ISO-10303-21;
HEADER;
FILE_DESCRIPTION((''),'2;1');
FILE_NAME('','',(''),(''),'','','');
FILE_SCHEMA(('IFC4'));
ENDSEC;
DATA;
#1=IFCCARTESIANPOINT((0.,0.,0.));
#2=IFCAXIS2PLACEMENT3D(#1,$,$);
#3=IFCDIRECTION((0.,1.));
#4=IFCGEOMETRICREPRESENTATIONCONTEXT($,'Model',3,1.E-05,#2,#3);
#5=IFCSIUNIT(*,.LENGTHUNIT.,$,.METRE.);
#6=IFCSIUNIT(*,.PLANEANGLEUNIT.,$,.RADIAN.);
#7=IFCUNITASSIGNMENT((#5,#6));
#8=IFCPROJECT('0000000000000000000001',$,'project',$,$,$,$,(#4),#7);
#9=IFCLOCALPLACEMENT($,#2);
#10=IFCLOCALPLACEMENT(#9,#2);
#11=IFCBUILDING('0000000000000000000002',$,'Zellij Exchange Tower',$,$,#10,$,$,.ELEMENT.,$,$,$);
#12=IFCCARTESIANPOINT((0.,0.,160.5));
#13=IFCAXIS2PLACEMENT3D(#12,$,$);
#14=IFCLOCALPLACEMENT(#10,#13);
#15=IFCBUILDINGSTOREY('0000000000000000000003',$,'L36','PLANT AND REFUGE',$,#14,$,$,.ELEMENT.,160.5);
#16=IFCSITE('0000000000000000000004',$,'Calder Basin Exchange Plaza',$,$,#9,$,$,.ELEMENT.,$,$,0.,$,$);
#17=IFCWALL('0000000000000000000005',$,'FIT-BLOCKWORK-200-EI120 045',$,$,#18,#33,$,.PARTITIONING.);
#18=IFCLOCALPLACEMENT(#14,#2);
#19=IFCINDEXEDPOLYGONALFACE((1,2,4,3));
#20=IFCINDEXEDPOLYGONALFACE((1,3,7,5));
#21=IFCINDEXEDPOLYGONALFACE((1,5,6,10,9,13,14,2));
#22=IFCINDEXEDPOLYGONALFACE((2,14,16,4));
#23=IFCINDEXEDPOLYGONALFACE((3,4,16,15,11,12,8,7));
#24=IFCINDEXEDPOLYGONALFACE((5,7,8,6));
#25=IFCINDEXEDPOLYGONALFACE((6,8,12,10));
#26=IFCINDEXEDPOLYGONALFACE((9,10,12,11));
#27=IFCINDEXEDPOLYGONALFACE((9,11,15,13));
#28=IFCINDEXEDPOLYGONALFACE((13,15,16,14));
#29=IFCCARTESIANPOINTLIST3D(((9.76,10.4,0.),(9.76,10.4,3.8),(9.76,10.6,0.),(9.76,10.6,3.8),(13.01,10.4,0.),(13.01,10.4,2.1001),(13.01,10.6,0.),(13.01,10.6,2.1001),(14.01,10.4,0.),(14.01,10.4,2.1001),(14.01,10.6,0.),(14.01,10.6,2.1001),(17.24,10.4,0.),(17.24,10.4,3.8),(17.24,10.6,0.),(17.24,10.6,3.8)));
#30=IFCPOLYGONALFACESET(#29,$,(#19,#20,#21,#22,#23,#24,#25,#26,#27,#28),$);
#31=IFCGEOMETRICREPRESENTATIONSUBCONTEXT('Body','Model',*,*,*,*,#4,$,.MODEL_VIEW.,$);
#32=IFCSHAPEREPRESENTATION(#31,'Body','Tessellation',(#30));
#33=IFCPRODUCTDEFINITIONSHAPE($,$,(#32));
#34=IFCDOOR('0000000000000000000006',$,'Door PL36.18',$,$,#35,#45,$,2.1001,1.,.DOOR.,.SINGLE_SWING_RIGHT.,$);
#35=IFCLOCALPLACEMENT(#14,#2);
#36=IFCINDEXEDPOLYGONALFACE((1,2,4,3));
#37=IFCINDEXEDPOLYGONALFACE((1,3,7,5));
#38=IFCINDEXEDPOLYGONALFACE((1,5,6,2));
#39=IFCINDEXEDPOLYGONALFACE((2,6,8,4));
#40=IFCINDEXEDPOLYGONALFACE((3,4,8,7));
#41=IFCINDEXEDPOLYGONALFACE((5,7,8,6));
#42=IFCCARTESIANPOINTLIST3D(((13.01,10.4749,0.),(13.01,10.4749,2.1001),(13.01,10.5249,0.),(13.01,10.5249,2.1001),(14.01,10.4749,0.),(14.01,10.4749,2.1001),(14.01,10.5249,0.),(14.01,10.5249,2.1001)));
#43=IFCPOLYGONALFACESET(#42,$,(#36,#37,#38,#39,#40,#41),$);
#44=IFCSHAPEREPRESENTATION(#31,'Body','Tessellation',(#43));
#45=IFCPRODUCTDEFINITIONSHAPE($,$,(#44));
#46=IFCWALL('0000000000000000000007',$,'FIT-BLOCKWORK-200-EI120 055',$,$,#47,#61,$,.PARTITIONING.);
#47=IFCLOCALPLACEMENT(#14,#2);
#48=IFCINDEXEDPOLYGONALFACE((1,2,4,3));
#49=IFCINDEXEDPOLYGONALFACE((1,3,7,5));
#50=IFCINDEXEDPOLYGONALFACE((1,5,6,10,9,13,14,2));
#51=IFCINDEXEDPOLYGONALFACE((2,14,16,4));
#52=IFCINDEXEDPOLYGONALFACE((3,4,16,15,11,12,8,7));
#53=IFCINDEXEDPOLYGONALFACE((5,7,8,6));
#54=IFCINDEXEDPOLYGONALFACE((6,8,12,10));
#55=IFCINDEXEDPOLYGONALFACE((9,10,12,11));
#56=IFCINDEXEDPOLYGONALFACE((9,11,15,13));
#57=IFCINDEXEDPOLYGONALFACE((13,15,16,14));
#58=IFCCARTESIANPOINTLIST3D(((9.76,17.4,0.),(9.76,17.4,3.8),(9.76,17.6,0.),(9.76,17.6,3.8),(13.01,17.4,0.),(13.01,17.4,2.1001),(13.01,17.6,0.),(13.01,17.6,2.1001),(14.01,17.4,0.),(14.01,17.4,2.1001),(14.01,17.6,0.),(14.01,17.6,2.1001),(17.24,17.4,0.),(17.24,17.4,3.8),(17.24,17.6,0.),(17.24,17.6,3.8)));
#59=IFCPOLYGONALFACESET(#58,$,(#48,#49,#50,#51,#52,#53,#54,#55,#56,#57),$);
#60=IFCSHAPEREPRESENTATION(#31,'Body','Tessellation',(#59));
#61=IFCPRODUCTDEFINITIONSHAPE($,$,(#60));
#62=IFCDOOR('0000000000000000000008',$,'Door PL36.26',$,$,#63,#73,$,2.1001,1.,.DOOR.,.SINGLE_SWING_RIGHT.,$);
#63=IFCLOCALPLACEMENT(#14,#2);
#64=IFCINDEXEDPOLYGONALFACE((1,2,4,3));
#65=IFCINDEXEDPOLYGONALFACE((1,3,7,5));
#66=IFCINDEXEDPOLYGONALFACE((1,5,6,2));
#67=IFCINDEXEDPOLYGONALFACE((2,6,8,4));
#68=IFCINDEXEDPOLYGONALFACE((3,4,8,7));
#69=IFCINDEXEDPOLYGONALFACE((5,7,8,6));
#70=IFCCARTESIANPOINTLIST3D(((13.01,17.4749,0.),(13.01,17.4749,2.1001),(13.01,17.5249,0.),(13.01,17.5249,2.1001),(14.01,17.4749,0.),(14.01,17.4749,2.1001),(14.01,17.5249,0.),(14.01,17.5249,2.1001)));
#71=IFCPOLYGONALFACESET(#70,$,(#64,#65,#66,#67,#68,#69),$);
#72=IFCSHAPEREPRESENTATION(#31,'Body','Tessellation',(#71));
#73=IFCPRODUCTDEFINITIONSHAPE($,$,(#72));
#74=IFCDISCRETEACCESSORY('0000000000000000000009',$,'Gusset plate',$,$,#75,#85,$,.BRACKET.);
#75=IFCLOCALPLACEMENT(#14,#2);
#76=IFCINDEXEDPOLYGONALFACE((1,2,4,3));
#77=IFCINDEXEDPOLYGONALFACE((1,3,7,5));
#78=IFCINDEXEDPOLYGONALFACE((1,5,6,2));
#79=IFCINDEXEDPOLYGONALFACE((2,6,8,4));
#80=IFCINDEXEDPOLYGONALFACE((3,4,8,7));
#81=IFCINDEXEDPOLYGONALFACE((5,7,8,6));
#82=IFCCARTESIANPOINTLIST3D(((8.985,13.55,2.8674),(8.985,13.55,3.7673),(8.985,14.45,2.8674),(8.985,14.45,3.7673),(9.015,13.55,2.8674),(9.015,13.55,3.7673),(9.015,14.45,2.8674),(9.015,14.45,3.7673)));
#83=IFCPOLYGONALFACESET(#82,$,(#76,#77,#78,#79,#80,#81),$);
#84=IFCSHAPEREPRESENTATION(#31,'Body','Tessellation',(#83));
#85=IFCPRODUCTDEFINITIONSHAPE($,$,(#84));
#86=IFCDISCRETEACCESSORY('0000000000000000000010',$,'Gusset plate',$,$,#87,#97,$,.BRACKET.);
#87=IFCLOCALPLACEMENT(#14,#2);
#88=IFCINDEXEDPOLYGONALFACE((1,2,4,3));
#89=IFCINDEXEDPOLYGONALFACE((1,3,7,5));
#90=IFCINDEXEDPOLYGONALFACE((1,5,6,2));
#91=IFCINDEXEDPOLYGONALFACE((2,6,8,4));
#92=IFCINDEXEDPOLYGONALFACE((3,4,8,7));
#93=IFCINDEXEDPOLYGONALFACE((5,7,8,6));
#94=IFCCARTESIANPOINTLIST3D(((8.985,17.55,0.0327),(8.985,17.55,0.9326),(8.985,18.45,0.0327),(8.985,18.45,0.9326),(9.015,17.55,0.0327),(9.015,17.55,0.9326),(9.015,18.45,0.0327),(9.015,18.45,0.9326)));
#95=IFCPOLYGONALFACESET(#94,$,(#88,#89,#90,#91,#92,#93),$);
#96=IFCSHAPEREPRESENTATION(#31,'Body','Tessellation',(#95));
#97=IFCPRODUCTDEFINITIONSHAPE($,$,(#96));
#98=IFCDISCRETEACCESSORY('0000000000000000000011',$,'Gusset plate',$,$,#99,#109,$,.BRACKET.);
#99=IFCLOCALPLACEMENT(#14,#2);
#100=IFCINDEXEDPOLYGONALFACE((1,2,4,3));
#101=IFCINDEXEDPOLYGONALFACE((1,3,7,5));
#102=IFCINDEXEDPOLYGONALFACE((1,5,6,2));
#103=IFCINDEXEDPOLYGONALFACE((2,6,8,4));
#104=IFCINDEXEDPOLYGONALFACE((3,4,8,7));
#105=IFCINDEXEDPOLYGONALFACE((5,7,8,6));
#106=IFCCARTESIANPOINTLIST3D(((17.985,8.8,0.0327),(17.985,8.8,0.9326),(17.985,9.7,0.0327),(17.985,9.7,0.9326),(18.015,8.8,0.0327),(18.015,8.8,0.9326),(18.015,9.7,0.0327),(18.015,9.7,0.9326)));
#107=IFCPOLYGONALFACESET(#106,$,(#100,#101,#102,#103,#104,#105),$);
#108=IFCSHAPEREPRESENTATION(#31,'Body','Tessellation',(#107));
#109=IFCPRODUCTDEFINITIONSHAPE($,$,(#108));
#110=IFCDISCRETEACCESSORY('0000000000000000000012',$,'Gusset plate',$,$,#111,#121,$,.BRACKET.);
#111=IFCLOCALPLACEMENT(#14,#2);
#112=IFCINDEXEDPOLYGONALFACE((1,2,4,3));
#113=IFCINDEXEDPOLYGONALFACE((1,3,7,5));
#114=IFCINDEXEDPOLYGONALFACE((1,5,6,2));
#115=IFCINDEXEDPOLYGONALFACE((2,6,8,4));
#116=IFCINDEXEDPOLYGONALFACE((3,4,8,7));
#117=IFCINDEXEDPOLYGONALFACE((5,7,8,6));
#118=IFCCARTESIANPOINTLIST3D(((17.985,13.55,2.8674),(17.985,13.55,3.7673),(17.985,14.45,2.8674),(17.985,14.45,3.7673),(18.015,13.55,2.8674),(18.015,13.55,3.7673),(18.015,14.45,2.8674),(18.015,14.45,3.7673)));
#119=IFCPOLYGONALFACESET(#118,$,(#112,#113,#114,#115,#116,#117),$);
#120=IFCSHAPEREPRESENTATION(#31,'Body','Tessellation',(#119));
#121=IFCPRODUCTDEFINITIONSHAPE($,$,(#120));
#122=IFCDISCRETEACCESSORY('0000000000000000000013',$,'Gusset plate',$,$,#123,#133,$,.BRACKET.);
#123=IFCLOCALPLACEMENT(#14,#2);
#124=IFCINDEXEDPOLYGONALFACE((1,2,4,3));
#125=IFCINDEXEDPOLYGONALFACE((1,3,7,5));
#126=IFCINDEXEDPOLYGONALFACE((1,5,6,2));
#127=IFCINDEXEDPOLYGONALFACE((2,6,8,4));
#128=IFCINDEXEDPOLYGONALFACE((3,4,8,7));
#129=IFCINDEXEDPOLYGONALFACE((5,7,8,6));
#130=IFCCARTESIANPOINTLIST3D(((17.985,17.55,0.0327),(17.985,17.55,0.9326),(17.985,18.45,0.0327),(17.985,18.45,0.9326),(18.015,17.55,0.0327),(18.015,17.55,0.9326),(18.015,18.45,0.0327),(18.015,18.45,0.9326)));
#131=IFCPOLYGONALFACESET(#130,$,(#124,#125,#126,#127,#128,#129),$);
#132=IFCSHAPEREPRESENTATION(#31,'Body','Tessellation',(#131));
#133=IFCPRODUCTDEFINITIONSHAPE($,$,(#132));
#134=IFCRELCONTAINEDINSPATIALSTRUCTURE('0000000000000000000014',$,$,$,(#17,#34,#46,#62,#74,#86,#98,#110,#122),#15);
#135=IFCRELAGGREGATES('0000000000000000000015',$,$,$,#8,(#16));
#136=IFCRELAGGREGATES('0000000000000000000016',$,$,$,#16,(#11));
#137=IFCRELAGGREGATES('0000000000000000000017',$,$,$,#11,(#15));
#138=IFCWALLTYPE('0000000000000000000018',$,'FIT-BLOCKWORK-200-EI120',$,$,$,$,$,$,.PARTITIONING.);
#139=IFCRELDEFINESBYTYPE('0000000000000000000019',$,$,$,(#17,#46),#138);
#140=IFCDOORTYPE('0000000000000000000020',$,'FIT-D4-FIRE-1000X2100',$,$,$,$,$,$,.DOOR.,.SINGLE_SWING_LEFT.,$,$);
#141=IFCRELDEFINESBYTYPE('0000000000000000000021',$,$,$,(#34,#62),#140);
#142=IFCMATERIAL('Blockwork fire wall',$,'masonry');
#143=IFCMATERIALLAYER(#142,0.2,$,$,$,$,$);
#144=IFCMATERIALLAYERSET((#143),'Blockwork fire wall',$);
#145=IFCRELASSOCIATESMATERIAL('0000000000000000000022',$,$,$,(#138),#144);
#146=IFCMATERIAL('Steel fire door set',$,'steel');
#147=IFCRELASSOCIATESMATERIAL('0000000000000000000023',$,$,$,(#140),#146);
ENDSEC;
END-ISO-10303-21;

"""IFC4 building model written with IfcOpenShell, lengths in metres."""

from ifc_helpers import new_model, si_unit, direction, frame, frame_2d, origin, origin_2d, place, context, subcontext, project, spatial, rectangle, extrude, material, layer, layer_set, type_object, element, fill, save


model = new_model("IFC4")

# Units and contexts
model_context = context("Model", 3, precision=1e-05, world=origin(), true_north=direction((0.0, 1.0)))
body_context = subcontext(model_context, "Body", "Model", "MODEL_VIEW")
ifc_project = project(units=[si_unit("LENGTHUNIT", "METRE"), si_unit("PLANEANGLEUNIT", "RADIAN")], contexts=[model_context])

# Site, building, storey
site_placement = place(None, origin())
site = spatial("IfcSite", under=ifc_project, at=site_placement, Name="Calder Basin Exchange Plaza", CompositionType="ELEMENT", RefElevation=0.0)
building_placement = place(site_placement, origin())
building = spatial("IfcBuilding", under=site, at=building_placement, Name="Zellij Exchange Tower", CompositionType="ELEMENT")
storey_placement = place(building_placement, frame((0.0, 0.0, 160.5)))
storey = spatial("IfcBuildingStorey", under=building, at=storey_placement, Name="L36", Description="PLANT AND REFUGE", CompositionType="ELEMENT", Elevation=160.5)

# Walls, openings, doors
ifc_material_1 = material(Name="Blockwork fire wall", Category="masonry")
ifc_layer = layer(ifc_material_1, 0.2)
ifc_layer_set = layer_set([ifc_layer], Name="Blockwork fire wall")
wall_type = type_object("IfcWallType", Name="FIT-BLOCKWORK-200-EI120", PredefinedType="PARTITIONING", material=ifc_layer_set)
wall_1_placement = place(storey_placement, frame((9.76, 10.5, 0.0), z_axis=(0.0, 0.0, 1.0), x_axis=(1.0, 0.0, 0.0)))
wall_1 = element("IfcWall", 1, at=wall_1_placement, inside=storey, type_object=wall_type, Name="FIT-BLOCKWORK-200-EI120 045", PredefinedType="PARTITIONING", context=body_context, shape_type="SweptSolid", body=[
    extrude(rectangle(XDim=7.48, YDim=0.2, at=frame_2d((3.74, 0.0))), origin(), (0.0, 0.0, 1.0), 3.8),
])
opening_1_placement = place(wall_1_placement, frame((3.25, 0.0, 0.0)))
opening_1 = element("IfcOpeningElement", 2, at=opening_1_placement, cuts=wall_1, PredefinedType="OPENING", context=body_context, shape_type="SweptSolid", body=[
    extrude(rectangle(XDim=1.0, YDim=2.1001, at=frame_2d((0.5, 1.05))), frame((0.0, 0.1118, 0.0), z_axis=(0.0, -1.0, 0.0), x_axis=(1.0, 0.0, 0.0)), (0.0, 0.0, 1.0), 0.2239),
])
ifc_material_2 = material(Name="Steel fire door set", Category="steel")
door_type = type_object("IfcDoorType", Name="FIT-D4-FIRE-1000X2100", OperationType="SINGLE_SWING_LEFT", PredefinedType="DOOR", material=ifc_material_2)
door_1_placement = place(opening_1_placement, origin())
door_1 = element("IfcDoor", 3, at=door_1_placement, inside=storey, type_object=door_type, Name="Door PL36.18", OperationType="SINGLE_SWING_RIGHT", OverallHeight=2.1001, OverallWidth=1.0, PredefinedType="DOOR", context=body_context, shape_type="SweptSolid", body=[
    extrude(rectangle(XDim=1.0, YDim=2.1001, at=frame_2d((0.5, 1.05))), frame((0.0, 0.0249, 0.0), z_axis=(0.0, -1.0, 0.0), x_axis=(1.0, 0.0, 0.0)), (0.0, 0.0, 1.0), 0.05),
])
fill(opening_1, door_1)
wall_2_placement = place(storey_placement, frame((9.76, 17.5, 0.0), z_axis=(0.0, 0.0, 1.0), x_axis=(1.0, 0.0, 0.0)))
wall_2 = element("IfcWall", 4, at=wall_2_placement, inside=storey, type_object=wall_type, Name="FIT-BLOCKWORK-200-EI120 055", PredefinedType="PARTITIONING", context=body_context, shape_type="SweptSolid", body=[
    extrude(rectangle(XDim=7.48, YDim=0.2, at=frame_2d((3.74, 0.0))), origin(), (0.0, 0.0, 1.0), 3.8),
])
opening_2_placement = place(wall_2_placement, frame((3.25, 0.0, 0.0)))
opening_2 = element("IfcOpeningElement", 5, at=opening_2_placement, cuts=wall_2, PredefinedType="OPENING", context=body_context, shape_type="SweptSolid", body=[
    extrude(rectangle(XDim=1.0, YDim=2.1001, at=frame_2d((0.5, 1.05))), frame((0.0, 0.1118, 0.0), z_axis=(0.0, -1.0, 0.0), x_axis=(1.0, 0.0, 0.0)), (0.0, 0.0, 1.0), 0.2239),
])
door_2_placement = place(opening_2_placement, origin())
door_2 = element("IfcDoor", 6, at=door_2_placement, inside=storey, type_object=door_type, Name="Door PL36.26", OperationType="SINGLE_SWING_RIGHT", OverallHeight=2.1001, OverallWidth=1.0, PredefinedType="DOOR", context=body_context, shape_type="SweptSolid", body=[
    extrude(rectangle(XDim=1.0, YDim=2.1001, at=frame_2d((0.5, 1.05))), frame((0.0, 0.0249, 0.0), z_axis=(0.0, -1.0, 0.0), x_axis=(1.0, 0.0, 0.0)), (0.0, 0.0, 1.0), 0.05),
])
fill(opening_2, door_2)

# Discrete accessories
for number, where, z_axis, x_axis, name in (
    (7, (9.0, 14.0, 2.8674), (0.0, 0.0, 1.0), (0.0, 1.0, 0.0), "Gusset plate"),
    (8, (9.0, 18.0, 0.0327), (0.0, 0.0, 1.0), (0.0, 1.0, 0.0), "Gusset plate"),
    (9, (18.0, 9.25, 0.0327), (0.0, 0.0, 1.0), (0.0, 1.0, 0.0), "Gusset plate"),
    (10, (18.0, 14.0, 2.8674), (0.0, 0.0, 1.0), (0.0, 1.0, 0.0), "Gusset plate"),
    (11, (18.0, 18.0, 0.0327), (0.0, 0.0, 1.0), (0.0, 1.0, 0.0), "Gusset plate"),
):
    element("IfcDiscreteAccessory", number, at=place(storey_placement, frame(where, z_axis=z_axis, x_axis=x_axis)), inside=storey, Name=name, PredefinedType="BRACKET", context=body_context, shape_type="SweptSolid", body=[
        extrude(rectangle(XDim=0.8999, YDim=0.03, at=origin_2d()), origin(), (0.0, 0.0, 1.0), 0.8999),
    ])

save(model, "model.ifc")
